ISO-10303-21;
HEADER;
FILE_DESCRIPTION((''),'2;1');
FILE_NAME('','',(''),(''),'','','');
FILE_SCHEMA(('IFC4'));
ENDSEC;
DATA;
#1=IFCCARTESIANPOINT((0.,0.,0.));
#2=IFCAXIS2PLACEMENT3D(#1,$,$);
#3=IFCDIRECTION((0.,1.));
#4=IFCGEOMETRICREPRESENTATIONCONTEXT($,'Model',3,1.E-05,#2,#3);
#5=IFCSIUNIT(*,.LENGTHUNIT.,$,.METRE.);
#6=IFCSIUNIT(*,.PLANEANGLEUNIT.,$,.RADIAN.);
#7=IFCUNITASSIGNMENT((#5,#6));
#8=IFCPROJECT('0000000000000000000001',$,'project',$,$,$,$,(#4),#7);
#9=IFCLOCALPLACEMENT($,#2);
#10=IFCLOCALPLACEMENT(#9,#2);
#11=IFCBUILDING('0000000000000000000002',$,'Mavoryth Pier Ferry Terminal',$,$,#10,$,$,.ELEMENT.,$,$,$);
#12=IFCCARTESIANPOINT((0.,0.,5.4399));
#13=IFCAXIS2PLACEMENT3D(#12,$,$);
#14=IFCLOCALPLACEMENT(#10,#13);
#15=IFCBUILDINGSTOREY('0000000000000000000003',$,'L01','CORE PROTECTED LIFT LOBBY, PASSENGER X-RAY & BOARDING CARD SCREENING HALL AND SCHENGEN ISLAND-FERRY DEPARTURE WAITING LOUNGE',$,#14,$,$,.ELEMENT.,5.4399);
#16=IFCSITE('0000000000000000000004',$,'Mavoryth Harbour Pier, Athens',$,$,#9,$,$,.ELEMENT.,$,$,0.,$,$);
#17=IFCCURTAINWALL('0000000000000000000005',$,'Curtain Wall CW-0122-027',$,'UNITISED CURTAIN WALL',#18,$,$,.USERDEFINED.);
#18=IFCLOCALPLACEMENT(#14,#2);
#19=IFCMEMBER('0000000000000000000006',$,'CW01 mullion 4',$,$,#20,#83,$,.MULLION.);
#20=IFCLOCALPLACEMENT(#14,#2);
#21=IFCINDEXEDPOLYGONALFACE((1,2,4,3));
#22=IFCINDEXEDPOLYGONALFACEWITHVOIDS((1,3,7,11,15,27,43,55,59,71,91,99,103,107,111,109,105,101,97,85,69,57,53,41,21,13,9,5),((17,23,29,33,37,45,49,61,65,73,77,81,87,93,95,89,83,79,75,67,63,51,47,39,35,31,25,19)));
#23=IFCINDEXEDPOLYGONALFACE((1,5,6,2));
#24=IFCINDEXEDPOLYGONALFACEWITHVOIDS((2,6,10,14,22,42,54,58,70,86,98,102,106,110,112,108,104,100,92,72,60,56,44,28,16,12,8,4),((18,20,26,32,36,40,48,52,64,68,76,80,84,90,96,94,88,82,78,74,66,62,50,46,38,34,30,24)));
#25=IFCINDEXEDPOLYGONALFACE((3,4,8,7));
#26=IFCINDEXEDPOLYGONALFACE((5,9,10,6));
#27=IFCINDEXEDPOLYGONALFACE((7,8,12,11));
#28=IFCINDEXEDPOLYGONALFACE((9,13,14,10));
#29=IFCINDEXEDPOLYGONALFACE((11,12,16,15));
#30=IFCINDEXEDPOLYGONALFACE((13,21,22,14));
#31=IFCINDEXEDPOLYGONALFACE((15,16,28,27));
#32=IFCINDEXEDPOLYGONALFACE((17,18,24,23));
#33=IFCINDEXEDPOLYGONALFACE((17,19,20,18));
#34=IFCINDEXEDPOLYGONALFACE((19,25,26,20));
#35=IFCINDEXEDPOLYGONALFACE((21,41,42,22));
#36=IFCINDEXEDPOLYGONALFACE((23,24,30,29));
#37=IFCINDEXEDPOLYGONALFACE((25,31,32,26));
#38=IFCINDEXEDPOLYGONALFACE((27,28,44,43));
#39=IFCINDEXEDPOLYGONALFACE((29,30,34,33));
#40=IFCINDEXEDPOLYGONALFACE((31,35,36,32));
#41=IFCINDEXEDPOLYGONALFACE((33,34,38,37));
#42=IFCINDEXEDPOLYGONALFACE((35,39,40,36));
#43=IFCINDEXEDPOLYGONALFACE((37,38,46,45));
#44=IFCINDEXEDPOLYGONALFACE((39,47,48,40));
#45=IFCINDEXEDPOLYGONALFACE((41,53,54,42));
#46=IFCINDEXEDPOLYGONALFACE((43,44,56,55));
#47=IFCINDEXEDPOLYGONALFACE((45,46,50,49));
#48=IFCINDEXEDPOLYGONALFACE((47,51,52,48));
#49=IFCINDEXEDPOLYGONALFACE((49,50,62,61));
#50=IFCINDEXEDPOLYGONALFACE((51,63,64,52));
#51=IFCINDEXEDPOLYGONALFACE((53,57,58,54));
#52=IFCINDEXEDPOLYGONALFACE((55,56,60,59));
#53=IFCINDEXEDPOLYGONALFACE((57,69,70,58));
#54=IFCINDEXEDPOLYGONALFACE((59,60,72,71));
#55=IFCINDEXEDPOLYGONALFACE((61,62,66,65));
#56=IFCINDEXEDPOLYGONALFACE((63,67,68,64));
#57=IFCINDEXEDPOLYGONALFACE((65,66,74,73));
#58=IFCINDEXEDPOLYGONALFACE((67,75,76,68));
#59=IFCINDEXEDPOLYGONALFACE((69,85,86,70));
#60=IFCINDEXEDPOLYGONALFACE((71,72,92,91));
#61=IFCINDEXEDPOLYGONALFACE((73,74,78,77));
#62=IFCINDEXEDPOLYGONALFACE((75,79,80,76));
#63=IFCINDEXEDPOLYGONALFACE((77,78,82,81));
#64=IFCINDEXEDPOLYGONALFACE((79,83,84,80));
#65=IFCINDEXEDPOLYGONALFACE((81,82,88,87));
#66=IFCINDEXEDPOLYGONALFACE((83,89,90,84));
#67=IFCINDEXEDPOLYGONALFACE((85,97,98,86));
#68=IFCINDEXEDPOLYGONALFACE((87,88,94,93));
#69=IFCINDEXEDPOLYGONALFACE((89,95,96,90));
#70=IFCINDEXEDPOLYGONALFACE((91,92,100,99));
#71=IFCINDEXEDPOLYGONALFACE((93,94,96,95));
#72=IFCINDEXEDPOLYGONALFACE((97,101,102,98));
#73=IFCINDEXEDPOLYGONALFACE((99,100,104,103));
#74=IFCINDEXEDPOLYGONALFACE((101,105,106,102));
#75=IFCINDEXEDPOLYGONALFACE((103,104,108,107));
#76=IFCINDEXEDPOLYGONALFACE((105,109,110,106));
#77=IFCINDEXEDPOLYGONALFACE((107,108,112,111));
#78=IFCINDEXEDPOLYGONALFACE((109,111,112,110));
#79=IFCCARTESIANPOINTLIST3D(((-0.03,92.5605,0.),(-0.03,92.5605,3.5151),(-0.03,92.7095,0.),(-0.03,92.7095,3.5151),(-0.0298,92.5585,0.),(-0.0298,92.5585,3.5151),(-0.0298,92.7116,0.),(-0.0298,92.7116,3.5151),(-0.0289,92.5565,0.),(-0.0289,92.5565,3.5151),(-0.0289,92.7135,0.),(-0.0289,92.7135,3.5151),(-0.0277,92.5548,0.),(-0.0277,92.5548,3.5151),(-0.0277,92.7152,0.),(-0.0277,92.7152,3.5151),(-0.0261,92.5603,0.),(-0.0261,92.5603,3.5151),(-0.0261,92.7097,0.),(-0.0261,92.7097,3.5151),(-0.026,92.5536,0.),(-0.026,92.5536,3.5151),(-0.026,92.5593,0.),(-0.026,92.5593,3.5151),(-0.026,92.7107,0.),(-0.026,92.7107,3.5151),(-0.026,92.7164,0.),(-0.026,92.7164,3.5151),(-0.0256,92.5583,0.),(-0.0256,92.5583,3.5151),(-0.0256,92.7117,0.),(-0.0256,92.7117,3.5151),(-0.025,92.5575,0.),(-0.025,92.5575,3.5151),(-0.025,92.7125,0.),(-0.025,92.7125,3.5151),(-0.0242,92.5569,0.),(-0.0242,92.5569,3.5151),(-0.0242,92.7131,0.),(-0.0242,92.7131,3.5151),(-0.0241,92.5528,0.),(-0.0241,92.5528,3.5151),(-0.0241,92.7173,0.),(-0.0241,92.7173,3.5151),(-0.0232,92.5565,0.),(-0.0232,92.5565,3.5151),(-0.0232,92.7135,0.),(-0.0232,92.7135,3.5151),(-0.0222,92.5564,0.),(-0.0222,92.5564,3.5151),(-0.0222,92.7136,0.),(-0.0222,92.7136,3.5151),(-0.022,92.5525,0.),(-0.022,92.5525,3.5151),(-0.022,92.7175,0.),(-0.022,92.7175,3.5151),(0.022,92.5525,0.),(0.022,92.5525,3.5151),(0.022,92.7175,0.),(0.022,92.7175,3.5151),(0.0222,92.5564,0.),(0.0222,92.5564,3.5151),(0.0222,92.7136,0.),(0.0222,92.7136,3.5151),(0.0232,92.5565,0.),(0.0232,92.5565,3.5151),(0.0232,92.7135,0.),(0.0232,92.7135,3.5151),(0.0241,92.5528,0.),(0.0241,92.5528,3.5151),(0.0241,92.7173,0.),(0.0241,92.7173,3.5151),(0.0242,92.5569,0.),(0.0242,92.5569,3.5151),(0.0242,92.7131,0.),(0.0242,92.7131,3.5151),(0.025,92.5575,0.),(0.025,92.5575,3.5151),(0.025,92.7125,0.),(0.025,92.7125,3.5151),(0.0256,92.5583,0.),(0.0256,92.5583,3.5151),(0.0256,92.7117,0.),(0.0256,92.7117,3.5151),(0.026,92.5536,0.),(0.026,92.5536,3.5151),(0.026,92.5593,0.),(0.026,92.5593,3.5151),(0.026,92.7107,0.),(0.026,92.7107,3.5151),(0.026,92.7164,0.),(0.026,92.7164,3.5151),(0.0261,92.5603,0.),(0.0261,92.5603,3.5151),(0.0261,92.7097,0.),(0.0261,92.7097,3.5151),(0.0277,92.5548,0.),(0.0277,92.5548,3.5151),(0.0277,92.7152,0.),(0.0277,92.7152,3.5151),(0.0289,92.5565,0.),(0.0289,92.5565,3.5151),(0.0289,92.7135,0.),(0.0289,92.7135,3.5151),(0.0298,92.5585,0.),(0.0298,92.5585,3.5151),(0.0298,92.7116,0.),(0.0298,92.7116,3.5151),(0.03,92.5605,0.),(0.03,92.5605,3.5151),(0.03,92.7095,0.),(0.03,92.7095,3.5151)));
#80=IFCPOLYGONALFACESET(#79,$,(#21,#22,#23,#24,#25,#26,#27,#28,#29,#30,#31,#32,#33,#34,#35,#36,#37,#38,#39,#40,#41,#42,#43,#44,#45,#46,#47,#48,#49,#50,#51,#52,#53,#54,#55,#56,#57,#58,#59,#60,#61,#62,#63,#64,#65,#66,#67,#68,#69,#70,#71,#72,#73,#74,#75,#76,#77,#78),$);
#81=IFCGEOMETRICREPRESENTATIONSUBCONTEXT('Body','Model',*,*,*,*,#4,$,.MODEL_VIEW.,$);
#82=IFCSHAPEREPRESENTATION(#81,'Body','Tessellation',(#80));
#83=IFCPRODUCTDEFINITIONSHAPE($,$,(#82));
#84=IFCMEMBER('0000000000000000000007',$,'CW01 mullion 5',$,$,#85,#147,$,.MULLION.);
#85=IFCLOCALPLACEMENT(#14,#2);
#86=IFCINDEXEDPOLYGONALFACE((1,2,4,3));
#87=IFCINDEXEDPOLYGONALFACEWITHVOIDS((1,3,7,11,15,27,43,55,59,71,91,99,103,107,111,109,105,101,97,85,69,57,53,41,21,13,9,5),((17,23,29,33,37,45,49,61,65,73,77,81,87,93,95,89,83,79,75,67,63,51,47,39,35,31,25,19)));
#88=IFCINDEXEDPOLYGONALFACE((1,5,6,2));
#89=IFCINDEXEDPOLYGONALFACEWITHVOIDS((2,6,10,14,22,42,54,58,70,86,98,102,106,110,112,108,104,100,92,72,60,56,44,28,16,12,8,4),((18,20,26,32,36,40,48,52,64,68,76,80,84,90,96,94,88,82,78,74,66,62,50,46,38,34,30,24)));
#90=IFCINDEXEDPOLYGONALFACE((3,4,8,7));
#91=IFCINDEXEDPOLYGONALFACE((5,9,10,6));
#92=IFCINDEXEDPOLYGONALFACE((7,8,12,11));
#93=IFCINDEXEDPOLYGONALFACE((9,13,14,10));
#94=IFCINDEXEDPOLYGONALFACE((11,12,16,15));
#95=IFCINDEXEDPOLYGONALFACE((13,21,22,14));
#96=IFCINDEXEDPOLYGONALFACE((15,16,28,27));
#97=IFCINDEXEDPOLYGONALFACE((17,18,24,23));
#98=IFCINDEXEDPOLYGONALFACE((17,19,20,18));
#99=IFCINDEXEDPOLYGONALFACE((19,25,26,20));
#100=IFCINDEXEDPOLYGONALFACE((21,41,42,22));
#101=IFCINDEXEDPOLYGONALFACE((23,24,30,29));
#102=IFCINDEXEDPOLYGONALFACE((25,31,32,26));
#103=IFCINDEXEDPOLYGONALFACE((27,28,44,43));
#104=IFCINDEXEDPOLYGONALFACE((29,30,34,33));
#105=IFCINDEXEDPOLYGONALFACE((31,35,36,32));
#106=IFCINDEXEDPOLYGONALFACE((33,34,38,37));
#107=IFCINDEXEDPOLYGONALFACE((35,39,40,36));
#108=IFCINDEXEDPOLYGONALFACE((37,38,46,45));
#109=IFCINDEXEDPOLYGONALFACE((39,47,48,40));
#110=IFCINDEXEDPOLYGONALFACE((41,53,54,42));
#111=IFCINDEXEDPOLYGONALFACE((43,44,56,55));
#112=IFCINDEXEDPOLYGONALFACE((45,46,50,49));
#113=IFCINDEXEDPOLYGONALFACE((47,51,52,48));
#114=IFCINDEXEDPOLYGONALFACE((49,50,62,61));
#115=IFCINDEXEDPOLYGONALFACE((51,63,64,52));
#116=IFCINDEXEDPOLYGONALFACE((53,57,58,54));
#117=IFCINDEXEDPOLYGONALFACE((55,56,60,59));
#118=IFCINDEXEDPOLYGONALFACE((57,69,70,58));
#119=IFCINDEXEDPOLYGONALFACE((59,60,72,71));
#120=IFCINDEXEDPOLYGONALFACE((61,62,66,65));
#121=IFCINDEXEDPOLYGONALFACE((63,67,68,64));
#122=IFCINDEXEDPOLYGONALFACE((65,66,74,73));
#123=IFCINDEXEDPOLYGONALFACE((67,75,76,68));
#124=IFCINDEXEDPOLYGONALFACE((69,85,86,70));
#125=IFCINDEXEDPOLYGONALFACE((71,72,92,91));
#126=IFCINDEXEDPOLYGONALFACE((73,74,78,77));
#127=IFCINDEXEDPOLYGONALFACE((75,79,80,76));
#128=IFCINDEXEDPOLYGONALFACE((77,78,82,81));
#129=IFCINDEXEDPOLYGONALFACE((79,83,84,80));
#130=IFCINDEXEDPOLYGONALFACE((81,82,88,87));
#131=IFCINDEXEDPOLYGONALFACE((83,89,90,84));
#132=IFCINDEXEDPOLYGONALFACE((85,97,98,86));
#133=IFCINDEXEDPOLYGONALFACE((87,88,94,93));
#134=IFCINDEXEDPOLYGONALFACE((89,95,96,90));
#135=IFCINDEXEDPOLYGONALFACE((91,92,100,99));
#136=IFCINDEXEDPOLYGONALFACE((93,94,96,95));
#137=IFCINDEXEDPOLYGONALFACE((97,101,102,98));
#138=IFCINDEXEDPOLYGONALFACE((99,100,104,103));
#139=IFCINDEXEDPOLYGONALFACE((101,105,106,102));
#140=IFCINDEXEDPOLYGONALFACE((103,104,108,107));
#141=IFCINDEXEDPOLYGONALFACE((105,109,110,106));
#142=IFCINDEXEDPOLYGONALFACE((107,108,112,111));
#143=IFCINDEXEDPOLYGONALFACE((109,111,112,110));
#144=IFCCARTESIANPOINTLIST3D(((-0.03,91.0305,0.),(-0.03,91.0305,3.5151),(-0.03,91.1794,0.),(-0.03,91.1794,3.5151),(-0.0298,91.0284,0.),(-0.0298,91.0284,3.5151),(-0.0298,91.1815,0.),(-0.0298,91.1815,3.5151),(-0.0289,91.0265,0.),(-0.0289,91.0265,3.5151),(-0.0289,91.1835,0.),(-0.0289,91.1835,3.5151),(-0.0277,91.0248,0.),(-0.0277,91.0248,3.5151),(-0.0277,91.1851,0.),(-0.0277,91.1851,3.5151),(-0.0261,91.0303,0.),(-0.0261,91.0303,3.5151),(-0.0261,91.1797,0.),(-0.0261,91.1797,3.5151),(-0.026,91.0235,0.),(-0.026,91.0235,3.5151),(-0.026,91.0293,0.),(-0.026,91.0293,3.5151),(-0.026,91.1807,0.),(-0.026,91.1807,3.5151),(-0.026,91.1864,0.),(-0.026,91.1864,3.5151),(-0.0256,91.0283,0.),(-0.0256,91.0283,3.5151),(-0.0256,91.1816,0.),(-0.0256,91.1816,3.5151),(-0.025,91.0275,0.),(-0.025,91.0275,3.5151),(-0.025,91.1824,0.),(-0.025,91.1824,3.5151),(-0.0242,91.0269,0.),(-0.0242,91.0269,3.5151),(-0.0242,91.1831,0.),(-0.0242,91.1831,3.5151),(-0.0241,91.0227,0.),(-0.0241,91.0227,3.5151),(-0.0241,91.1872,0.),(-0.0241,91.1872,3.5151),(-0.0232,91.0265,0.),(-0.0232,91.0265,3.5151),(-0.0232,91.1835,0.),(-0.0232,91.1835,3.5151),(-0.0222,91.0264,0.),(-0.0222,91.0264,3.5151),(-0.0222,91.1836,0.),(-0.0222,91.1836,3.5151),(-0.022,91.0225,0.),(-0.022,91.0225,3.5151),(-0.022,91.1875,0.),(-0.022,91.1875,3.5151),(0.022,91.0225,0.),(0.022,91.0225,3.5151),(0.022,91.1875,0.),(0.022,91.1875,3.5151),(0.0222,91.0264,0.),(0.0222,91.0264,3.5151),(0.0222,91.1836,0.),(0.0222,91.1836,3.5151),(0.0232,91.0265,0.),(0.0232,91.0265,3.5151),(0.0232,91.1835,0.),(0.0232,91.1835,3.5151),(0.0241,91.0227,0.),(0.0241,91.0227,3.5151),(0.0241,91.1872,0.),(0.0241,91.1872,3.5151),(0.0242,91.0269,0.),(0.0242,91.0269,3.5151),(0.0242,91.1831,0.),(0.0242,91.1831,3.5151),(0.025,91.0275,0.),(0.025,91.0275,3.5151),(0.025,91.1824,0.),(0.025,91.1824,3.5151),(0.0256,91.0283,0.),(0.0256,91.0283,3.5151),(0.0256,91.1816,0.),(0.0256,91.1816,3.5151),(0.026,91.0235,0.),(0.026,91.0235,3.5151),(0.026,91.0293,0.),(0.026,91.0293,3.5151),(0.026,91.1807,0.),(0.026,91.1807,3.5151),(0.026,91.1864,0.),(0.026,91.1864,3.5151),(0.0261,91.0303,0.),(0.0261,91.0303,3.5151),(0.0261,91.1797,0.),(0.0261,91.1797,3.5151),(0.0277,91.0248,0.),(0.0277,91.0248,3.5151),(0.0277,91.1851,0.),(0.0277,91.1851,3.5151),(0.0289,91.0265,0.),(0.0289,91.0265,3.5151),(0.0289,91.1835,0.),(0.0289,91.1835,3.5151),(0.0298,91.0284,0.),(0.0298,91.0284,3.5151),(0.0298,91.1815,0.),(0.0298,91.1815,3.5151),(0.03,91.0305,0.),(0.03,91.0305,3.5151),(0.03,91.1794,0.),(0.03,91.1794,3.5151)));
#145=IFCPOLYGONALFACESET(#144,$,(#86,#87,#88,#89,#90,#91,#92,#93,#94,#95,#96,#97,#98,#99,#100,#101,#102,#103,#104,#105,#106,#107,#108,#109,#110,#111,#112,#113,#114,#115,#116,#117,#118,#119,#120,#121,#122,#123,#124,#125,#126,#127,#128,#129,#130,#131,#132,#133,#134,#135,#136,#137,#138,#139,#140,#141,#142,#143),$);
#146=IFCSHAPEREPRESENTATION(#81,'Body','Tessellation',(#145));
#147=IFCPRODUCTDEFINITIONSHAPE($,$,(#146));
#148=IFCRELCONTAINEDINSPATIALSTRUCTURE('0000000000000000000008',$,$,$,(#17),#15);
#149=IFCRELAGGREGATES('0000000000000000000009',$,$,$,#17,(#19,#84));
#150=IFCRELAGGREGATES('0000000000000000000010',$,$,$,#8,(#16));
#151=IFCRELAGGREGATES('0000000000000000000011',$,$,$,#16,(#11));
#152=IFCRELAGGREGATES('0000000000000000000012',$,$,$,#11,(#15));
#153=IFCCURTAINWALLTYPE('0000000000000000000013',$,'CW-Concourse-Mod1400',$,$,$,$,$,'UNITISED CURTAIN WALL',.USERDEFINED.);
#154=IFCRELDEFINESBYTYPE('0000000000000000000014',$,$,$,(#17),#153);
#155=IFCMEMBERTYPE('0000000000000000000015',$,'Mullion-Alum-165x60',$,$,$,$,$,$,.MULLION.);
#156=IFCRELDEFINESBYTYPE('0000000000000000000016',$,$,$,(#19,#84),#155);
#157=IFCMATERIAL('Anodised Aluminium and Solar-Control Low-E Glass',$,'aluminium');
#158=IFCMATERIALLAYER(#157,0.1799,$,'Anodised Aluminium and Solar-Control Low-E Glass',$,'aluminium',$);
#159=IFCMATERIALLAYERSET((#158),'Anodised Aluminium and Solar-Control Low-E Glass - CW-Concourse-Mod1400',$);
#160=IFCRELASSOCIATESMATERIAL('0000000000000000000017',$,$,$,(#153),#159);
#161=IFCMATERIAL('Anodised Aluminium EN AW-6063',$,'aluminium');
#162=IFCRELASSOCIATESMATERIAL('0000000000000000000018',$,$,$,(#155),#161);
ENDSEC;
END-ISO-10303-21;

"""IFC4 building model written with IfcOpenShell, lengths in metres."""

from ifc_helpers import new_model, si_unit, direction, frame, origin, origin_2d, place, context, subcontext, project, spatial, hollow_rectangle, extrude, material, layer, layer_set, material_profile, profile_set, type_object, element, aggregate, save


model = new_model("IFC4")

# Units and contexts
model_context = context("Model", 3, precision=1e-05, world=origin(), true_north=direction((0.0, 1.0)))
body_context = subcontext(model_context, "Body", "Model", "MODEL_VIEW")
ifc_project = project(units=[si_unit("LENGTHUNIT", "METRE"), si_unit("PLANEANGLEUNIT", "RADIAN")], contexts=[model_context])

# Site, building, storey
site_placement = place(None, origin())
site = spatial("IfcSite", under=ifc_project, at=site_placement, Name="Mavoryth Harbour Pier, Athens", CompositionType="ELEMENT", RefElevation=0.0)
building_placement = place(site_placement, origin())
building = spatial("IfcBuilding", under=site, at=building_placement, Name="Mavoryth Pier Ferry Terminal", CompositionType="ELEMENT")
storey_placement = place(building_placement, frame((0.0, 0.0, 5.4399)))
storey = spatial("IfcBuildingStorey", under=building, at=storey_placement, Name="L01", Description="CORE PROTECTED LIFT LOBBY, PASSENGER X-RAY & BOARDING CARD SCREENING HALL AND SCHENGEN ISLAND-FERRY DEPARTURE WAITING LOUNGE", CompositionType="ELEMENT", Elevation=5.4399)

# Curtain wall, members
ifc_material_1 = material(Name="Anodised Aluminium and Solar-Control Low-E Glass", Category="aluminium")
ifc_layer_1 = layer(ifc_material_1, 0.1799, Name="Anodised Aluminium and Solar-Control Low-E Glass", Category="aluminium")
ifc_layer_set_1 = layer_set([ifc_layer_1], Name="Anodised Aluminium and Solar-Control Low-E Glass - CW-Concourse-Mod1400")
curtain_wall_type = type_object("IfcCurtainWallType", Name="CW-Concourse-Mod1400", ElementType="UNITISED CURTAIN WALL", PredefinedType="USERDEFINED", material=ifc_layer_set_1)
curtain_wall_placement = place(storey_placement, origin())
curtain_wall = element("IfcCurtainWall", 1, at=curtain_wall_placement, inside=storey, type_object=curtain_wall_type, Name="Curtain Wall CW-0122-027", ObjectType="UNITISED CURTAIN WALL", PredefinedType="USERDEFINED")
ifc_material_2 = material(Name="Anodised Aluminium EN AW-6063", Category="aluminium")
ifc_material_profile_1 = material_profile(ifc_material_2, hollow_rectangle(XDim=0.0601, YDim=0.165, WallThickness=0.0039, InnerFilletRadius=0.0039, OuterFilletRadius=0.0081, at=origin_2d()), Name="AL-MULL 165x60x4", Category="aluminium")
ifc_profile_set_1 = profile_set([ifc_material_profile_1], Name="Anodised Aluminium EN AW-6063 - AL-MULL 165x60x4")
member_type_1 = type_object("IfcMemberType", Name="Mullion-Alum-165x60", PredefinedType="MULLION", material=ifc_profile_set_1)
member_1_placement = place(storey_placement, frame((0.0, 92.635, 0.0), z_axis=(0.0, 0.0, 1.0), x_axis=(1.0, 0.0, 0.0)))
member_1 = element("IfcMember", 2, at=member_1_placement, type_object=member_type_1, Name="CW01 mullion 4", PredefinedType="MULLION", context=body_context, shape_type="SweptSolid", body=[
    extrude(hollow_rectangle(XDim=0.0601, YDim=0.165, WallThickness=0.0039, InnerFilletRadius=0.0039, OuterFilletRadius=0.0081, at=origin_2d()), origin(), (0.0, 0.0, 1.0), 3.5151),
])
member_2_placement = place(storey_placement, frame((0.0, 91.105, 0.0), z_axis=(0.0, 0.0, 1.0), x_axis=(1.0, 0.0, 0.0)))
member_2 = element("IfcMember", 3, at=member_2_placement, type_object=member_type_1, Name="CW01 mullion 5", PredefinedType="MULLION", context=body_context, shape_type="SweptSolid", body=[
    extrude(hollow_rectangle(XDim=0.0601, YDim=0.165, WallThickness=0.0039, InnerFilletRadius=0.0039, OuterFilletRadius=0.0081, at=origin_2d()), origin(), (0.0, 0.0, 1.0), 3.5151),
])
aggregate(curtain_wall, [member_1, member_2])

save(model, "model.ifc")
